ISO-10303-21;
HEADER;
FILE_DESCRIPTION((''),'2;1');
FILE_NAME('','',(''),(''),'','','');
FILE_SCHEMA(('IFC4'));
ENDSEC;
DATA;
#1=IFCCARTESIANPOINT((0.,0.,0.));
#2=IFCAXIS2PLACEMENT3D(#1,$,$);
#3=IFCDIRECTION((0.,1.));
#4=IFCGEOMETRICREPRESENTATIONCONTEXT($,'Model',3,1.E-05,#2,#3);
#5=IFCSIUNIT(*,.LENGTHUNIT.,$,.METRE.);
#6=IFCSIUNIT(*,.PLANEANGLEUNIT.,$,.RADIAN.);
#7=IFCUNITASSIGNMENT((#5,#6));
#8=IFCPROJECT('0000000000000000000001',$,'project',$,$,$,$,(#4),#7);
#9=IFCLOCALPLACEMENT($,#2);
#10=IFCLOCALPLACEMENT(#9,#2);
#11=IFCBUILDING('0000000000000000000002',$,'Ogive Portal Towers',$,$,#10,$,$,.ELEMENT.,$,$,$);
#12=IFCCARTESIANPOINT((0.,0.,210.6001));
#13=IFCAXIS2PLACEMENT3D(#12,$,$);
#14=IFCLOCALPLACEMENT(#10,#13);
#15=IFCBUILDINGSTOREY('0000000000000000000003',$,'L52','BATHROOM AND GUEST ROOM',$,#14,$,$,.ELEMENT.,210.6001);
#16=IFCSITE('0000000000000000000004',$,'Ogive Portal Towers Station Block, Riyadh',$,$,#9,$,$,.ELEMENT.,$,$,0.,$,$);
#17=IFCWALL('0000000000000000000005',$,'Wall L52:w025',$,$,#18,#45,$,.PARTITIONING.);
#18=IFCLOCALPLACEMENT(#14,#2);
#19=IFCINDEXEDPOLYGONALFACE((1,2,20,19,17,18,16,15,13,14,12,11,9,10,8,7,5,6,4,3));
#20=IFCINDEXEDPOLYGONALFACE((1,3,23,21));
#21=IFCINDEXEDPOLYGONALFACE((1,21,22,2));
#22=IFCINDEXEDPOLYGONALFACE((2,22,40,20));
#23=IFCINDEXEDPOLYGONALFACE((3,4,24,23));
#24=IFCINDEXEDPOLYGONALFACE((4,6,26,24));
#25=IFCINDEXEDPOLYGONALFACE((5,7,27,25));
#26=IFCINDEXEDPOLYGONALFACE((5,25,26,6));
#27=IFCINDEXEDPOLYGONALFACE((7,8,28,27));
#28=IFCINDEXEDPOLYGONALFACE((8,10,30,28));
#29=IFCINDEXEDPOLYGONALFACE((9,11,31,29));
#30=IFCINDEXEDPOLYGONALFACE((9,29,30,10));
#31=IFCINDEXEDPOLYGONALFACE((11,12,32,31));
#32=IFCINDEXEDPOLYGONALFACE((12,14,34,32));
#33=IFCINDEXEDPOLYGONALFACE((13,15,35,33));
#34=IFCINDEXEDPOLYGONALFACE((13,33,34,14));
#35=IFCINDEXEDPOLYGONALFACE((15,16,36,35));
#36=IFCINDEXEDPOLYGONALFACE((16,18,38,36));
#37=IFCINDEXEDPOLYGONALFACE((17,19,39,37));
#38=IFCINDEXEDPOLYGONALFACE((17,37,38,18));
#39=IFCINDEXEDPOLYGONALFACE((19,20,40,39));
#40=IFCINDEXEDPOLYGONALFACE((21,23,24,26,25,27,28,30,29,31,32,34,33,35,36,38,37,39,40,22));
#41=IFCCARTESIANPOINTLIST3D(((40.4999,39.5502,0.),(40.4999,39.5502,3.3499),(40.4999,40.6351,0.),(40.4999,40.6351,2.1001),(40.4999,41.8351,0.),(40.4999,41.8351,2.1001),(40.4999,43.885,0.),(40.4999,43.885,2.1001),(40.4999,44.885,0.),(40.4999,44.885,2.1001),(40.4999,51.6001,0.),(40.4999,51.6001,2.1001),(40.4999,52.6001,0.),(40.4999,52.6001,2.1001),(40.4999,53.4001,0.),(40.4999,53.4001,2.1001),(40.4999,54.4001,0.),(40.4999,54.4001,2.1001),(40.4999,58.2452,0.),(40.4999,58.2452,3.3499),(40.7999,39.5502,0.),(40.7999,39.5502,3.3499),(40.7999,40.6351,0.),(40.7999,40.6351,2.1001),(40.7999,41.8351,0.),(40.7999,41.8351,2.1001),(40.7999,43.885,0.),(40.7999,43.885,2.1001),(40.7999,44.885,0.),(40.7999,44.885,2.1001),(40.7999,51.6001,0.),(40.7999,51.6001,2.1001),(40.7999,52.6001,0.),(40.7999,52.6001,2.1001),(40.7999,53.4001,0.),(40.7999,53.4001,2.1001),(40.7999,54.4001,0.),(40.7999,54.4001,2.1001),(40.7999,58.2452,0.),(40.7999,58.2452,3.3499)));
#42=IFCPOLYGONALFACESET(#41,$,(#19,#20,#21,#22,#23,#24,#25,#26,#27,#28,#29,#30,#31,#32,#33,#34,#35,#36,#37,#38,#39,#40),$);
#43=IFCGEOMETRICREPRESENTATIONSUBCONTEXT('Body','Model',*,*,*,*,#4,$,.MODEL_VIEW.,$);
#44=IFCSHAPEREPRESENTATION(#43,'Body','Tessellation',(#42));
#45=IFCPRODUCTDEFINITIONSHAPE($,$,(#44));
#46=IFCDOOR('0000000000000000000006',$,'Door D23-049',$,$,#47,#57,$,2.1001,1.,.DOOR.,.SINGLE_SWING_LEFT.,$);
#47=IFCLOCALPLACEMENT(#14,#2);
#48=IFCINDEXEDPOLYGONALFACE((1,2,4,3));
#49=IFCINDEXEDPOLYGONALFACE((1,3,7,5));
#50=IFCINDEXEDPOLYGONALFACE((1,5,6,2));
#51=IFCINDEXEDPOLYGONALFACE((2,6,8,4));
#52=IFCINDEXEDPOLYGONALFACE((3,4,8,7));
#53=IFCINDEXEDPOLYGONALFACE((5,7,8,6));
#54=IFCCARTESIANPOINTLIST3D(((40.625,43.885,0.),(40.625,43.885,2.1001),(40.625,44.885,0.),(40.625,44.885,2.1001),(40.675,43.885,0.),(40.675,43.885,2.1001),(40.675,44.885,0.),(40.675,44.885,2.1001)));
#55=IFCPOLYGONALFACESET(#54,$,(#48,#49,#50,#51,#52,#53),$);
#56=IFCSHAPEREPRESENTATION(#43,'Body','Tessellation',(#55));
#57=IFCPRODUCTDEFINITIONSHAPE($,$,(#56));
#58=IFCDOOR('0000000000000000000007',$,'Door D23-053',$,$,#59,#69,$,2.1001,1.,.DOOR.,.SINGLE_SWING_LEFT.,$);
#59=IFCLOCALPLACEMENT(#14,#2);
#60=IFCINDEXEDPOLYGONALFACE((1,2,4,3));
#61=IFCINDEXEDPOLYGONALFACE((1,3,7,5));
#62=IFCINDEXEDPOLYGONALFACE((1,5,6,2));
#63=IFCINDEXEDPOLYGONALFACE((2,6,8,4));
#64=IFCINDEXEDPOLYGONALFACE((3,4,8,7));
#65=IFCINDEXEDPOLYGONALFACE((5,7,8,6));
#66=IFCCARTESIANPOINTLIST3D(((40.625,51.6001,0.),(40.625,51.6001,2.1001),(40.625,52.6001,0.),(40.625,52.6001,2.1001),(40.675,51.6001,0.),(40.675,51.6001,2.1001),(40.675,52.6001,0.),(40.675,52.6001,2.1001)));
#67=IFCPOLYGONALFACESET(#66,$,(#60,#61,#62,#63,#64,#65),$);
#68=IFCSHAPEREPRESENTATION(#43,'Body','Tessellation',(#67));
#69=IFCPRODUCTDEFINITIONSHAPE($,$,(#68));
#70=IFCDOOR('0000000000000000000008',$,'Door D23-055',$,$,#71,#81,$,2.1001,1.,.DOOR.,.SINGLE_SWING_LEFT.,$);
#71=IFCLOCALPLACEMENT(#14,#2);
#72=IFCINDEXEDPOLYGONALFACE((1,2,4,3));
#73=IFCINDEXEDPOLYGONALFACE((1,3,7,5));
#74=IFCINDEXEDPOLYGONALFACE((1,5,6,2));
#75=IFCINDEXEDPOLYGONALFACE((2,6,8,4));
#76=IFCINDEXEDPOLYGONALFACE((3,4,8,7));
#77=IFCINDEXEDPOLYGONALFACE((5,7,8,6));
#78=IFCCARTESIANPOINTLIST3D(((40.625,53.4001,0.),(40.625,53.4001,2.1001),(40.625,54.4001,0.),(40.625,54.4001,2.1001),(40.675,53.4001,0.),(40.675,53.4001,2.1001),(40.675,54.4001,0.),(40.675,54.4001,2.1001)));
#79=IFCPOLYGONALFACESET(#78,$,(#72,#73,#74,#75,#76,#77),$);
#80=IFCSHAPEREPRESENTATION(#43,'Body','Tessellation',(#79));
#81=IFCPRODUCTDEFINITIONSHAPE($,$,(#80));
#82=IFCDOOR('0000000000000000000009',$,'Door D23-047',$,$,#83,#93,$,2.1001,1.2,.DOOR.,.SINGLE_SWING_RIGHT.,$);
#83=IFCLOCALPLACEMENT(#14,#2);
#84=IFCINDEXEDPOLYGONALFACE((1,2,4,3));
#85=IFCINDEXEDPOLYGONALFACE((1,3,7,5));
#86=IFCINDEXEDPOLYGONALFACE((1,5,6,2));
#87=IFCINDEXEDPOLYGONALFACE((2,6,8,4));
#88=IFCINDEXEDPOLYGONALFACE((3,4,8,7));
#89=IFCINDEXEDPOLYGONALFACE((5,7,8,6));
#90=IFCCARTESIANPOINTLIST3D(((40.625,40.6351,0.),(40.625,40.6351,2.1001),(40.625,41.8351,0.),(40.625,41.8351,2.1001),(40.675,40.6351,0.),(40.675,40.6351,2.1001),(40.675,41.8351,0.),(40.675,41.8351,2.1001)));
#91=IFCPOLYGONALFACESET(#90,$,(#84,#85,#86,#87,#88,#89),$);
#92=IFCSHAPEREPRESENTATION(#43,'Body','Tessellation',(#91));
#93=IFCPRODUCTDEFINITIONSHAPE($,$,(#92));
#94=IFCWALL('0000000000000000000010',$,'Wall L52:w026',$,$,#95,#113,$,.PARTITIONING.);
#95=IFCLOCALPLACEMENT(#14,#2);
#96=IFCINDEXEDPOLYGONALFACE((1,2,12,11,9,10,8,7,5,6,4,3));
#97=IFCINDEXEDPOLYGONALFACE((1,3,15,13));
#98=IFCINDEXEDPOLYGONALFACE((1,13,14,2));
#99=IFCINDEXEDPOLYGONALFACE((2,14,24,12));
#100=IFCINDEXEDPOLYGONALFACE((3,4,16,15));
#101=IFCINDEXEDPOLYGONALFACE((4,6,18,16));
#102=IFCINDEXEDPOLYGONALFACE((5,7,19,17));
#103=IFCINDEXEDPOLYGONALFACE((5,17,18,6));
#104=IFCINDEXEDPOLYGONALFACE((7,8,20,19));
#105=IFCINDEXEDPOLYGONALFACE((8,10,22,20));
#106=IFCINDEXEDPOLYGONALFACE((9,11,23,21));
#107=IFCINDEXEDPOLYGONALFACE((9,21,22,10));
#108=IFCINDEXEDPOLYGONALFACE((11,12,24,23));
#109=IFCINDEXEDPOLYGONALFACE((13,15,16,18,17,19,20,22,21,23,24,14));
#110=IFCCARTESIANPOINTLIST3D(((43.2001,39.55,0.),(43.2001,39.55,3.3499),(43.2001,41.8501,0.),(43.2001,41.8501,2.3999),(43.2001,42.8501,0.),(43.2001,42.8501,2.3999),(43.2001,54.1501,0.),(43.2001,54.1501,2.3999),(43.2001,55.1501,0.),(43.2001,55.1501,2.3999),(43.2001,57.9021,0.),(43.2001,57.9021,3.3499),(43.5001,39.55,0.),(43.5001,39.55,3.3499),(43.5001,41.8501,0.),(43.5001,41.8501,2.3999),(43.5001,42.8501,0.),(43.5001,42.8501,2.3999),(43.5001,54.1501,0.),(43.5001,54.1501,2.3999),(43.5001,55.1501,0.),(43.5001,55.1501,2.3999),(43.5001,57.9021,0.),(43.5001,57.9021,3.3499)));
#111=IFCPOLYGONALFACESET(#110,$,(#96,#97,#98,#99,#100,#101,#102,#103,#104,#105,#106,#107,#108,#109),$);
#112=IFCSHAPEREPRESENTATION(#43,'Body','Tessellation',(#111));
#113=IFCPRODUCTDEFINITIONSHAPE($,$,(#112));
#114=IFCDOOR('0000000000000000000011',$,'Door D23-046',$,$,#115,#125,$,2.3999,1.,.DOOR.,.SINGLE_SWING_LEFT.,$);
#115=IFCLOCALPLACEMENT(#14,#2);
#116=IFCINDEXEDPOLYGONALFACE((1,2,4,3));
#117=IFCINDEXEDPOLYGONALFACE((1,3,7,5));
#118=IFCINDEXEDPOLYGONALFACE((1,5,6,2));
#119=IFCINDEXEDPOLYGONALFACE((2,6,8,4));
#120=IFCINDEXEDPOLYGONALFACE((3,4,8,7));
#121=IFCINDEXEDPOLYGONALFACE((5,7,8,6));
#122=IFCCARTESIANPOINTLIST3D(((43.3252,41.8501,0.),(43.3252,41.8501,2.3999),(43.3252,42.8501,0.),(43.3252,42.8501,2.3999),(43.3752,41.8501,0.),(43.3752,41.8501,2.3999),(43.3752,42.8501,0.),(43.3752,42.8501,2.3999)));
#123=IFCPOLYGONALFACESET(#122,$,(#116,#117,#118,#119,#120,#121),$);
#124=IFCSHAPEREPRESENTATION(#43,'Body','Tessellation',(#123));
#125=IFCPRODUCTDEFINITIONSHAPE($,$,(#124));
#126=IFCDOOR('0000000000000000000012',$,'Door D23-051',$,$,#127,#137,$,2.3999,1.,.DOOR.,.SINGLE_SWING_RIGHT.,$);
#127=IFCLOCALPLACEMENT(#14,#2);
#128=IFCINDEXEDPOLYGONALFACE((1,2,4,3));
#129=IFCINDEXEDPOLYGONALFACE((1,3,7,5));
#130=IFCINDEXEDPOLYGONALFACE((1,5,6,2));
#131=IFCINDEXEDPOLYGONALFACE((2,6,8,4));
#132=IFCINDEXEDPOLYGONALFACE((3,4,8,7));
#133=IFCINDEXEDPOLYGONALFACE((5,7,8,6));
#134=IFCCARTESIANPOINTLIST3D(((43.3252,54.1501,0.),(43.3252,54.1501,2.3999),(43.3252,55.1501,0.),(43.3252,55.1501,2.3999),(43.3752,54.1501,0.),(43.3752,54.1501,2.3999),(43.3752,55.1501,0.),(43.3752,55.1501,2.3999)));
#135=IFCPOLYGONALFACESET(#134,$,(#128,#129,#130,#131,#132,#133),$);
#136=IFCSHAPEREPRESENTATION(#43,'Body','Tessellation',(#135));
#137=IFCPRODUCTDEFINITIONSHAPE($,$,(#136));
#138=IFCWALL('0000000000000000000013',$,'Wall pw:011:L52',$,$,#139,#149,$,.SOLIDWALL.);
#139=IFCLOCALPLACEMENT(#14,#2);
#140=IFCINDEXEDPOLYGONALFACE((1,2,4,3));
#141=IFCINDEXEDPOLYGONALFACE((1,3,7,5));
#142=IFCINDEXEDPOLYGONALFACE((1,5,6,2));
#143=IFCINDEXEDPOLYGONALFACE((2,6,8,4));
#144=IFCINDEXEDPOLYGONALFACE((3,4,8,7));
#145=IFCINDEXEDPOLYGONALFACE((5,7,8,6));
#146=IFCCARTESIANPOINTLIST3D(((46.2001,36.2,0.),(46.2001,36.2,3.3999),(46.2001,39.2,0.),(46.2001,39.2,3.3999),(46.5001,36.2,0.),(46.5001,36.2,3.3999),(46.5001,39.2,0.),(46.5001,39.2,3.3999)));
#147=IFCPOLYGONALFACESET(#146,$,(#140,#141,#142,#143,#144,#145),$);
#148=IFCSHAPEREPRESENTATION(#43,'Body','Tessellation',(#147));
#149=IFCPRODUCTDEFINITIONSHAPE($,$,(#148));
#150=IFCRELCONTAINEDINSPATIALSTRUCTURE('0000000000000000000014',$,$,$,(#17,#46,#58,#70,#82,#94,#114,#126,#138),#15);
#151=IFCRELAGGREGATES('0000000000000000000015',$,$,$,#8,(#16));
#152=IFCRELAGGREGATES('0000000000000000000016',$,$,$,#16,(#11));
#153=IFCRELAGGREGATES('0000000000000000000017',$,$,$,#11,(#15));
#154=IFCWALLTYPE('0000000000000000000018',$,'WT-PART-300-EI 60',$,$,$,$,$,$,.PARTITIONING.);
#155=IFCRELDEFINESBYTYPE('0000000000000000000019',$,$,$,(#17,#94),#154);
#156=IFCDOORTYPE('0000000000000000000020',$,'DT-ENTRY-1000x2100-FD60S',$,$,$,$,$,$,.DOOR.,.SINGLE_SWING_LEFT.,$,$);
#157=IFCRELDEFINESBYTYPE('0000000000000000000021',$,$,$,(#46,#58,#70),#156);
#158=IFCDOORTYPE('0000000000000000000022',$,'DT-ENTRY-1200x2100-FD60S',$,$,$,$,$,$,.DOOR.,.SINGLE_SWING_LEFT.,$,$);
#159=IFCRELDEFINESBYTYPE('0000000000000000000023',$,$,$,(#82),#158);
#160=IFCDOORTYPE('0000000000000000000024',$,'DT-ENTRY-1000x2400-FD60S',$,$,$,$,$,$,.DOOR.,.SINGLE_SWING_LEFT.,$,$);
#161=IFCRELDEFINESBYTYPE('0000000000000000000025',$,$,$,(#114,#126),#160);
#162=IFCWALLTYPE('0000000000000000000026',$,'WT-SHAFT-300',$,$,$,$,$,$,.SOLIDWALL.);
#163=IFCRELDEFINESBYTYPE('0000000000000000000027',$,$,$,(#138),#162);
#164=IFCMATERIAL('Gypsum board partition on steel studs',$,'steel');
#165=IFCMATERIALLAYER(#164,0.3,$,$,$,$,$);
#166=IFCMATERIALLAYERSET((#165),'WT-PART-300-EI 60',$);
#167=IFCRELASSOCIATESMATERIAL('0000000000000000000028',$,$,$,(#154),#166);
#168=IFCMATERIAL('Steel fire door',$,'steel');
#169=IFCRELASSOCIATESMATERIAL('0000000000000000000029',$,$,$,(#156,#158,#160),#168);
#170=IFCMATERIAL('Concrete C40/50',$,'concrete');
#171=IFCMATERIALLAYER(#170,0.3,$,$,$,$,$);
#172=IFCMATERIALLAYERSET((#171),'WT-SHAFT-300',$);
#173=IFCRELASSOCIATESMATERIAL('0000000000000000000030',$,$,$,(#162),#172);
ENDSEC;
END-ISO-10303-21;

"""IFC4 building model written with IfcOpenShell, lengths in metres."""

from ifc_helpers import new_model, si_unit, direction, frame, frame_2d, origin, place, context, subcontext, project, spatial, rectangle, extrude, material, layer, layer_set, type_object, element, fill, save


model = new_model("IFC4")

# Units and contexts
model_context = context("Model", 3, precision=1e-05, world=origin(), true_north=direction((0.0, 1.0)))
body_context = subcontext(model_context, "Body", "Model", "MODEL_VIEW")
ifc_project = project(units=[si_unit("LENGTHUNIT", "METRE"), si_unit("PLANEANGLEUNIT", "RADIAN")], contexts=[model_context])

# Site, building, storey
site_placement = place(None, origin())
site = spatial("IfcSite", under=ifc_project, at=site_placement, Name="Ogive Portal Towers Station Block, Riyadh", CompositionType="ELEMENT", RefElevation=0.0)
building_placement = place(site_placement, origin())
building = spatial("IfcBuilding", under=site, at=building_placement, Name="Ogive Portal Towers", CompositionType="ELEMENT")
storey_placement = place(building_placement, frame((0.0, 0.0, 210.6001)))
storey = spatial("IfcBuildingStorey", under=building, at=storey_placement, Name="L52", Description="BATHROOM AND GUEST ROOM", CompositionType="ELEMENT", Elevation=210.6001)

# Shared definitions
ifc_material_1 = material(Name="Steel fire door", Category="steel")

# Walls, openings, doors
ifc_material_2 = material(Name="Gypsum board partition on steel studs", Category="steel")
ifc_layer_1 = layer(ifc_material_2, 0.3)
ifc_layer_set_1 = layer_set([ifc_layer_1], Name="WT-PART-300-EI 60")
wall_type_1 = type_object("IfcWallType", Name="WT-PART-300-EI 60", PredefinedType="PARTITIONING", material=ifc_layer_set_1)
wall_1_placement = place(storey_placement, frame((40.6499, 39.55, 0.0), z_axis=(0.0, 0.0, 1.0), x_axis=(0.0, 1.0, 0.0)))
wall_1 = element("IfcWall", 1, at=wall_1_placement, inside=storey, type_object=wall_type_1, Name="Wall L52:w025", PredefinedType="PARTITIONING", context=body_context, shape_type="SweptSolid", body=[
    extrude(rectangle(XDim=18.6951, YDim=0.3, at=frame_2d((9.3477, 0.0))), origin(), (0.0, 0.0, 1.0), 3.3499),
])
opening_1_placement = place(wall_1_placement, frame((1.085, 0.0, 0.0)))
opening_1 = element("IfcOpeningElement", 2, at=opening_1_placement, cuts=wall_1, PredefinedType="OPENING", context=body_context, shape_type="SweptSolid", body=[
    extrude(rectangle(XDim=1.2, YDim=2.1001, at=frame_2d((0.6001, 1.05))), frame((0.0, 0.1602, 0.0), z_axis=(0.0, -1.0, 0.0), x_axis=(1.0, 0.0, 0.0)), (0.0, 0.0, 1.0), 0.3201),
])
opening_2_placement = place(wall_1_placement, frame((4.335, 0.0, 0.0)))
opening_2 = element("IfcOpeningElement", 3, at=opening_2_placement, cuts=wall_1, PredefinedType="OPENING", context=body_context, shape_type="SweptSolid", body=[
    extrude(rectangle(XDim=1.0, YDim=2.1001, at=frame_2d((0.5, 1.05))), frame((0.0, 0.1602, 0.0), z_axis=(0.0, -1.0, 0.0), x_axis=(1.0, 0.0, 0.0)), (0.0, 0.0, 1.0), 0.3201),
])
opening_3_placement = place(wall_1_placement, frame((12.05, 0.0, 0.0)))
opening_3 = element("IfcOpeningElement", 4, at=opening_3_placement, cuts=wall_1, PredefinedType="OPENING", context=body_context, shape_type="SweptSolid", body=[
    extrude(rectangle(XDim=1.0, YDim=2.1001, at=frame_2d((0.5, 1.05))), frame((0.0, 0.1602, 0.0), z_axis=(0.0, -1.0, 0.0), x_axis=(1.0, 0.0, 0.0)), (0.0, 0.0, 1.0), 0.3201),
])
opening_4_placement = place(wall_1_placement, frame((13.8501, 0.0, 0.0)))
opening_4 = element("IfcOpeningElement", 5, at=opening_4_placement, cuts=wall_1, PredefinedType="OPENING", context=body_context, shape_type="SweptSolid", body=[
    extrude(rectangle(XDim=1.0, YDim=2.1001, at=frame_2d((0.5, 1.05))), frame((0.0, 0.1602, 0.0), z_axis=(0.0, -1.0, 0.0), x_axis=(1.0, 0.0, 0.0)), (0.0, 0.0, 1.0), 0.3201),
])
door_type_1 = type_object("IfcDoorType", Name="DT-ENTRY-1000x2100-FD60S", OperationType="SINGLE_SWING_LEFT", PredefinedType="DOOR", material=ifc_material_1)
door_1_placement = place(opening_2_placement, origin())
door_1 = element("IfcDoor", 6, at=door_1_placement, inside=storey, type_object=door_type_1, Name="Door D23-049", OperationType="SINGLE_SWING_LEFT", OverallHeight=2.1001, OverallWidth=1.0, PredefinedType="DOOR", context=body_context, shape_type="SweptSolid", body=[
    extrude(rectangle(XDim=1.0, YDim=2.1001, at=frame_2d((0.5, 1.05))), frame((0.0, 0.0249, 0.0), z_axis=(0.0, -1.0, 0.0), x_axis=(1.0, 0.0, 0.0)), (0.0, 0.0, 1.0), 0.05),
])
fill(opening_2, door_1)
door_2_placement = place(opening_3_placement, origin())
door_2 = element("IfcDoor", 7, at=door_2_placement, inside=storey, type_object=door_type_1, Name="Door D23-053", OperationType="SINGLE_SWING_LEFT", OverallHeight=2.1001, OverallWidth=1.0, PredefinedType="DOOR", context=body_context, shape_type="SweptSolid", body=[
    extrude(rectangle(XDim=1.0, YDim=2.1001, at=frame_2d((0.5, 1.05))), frame((0.0, 0.0249, 0.0), z_axis=(0.0, -1.0, 0.0), x_axis=(1.0, 0.0, 0.0)), (0.0, 0.0, 1.0), 0.05),
])
fill(opening_3, door_2)
door_3_placement = place(opening_4_placement, origin())
door_3 = element("IfcDoor", 8, at=door_3_placement, inside=storey, type_object=door_type_1, Name="Door D23-055", OperationType="SINGLE_SWING_LEFT", OverallHeight=2.1001, OverallWidth=1.0, PredefinedType="DOOR", context=body_context, shape_type="SweptSolid", body=[
    extrude(rectangle(XDim=1.0, YDim=2.1001, at=frame_2d((0.5, 1.05))), frame((0.0, 0.0249, 0.0), z_axis=(0.0, -1.0, 0.0), x_axis=(1.0, 0.0, 0.0)), (0.0, 0.0, 1.0), 0.05),
])
fill(opening_4, door_3)
door_type_2 = type_object("IfcDoorType", Name="DT-ENTRY-1200x2100-FD60S", OperationType="SINGLE_SWING_LEFT", PredefinedType="DOOR", material=ifc_material_1)
door_4_placement = place(opening_1_placement, origin())
door_4 = element("IfcDoor", 9, at=door_4_placement, inside=storey, type_object=door_type_2, Name="Door D23-047", OperationType="SINGLE_SWING_RIGHT", OverallHeight=2.1001, OverallWidth=1.2, PredefinedType="DOOR", context=body_context, shape_type="SweptSolid", body=[
    extrude(rectangle(XDim=1.2, YDim=2.1001, at=frame_2d((0.6001, 1.05))), frame((0.0, 0.0249, 0.0), z_axis=(0.0, -1.0, 0.0), x_axis=(1.0, 0.0, 0.0)), (0.0, 0.0, 1.0), 0.05),
])
fill(opening_1, door_4)
wall_2_placement = place(storey_placement, frame((43.3501, 39.55, 0.0), z_axis=(0.0, 0.0, 1.0), x_axis=(0.0, 1.0, 0.0)))
wall_2 = element("IfcWall", 10, at=wall_2_placement, inside=storey, type_object=wall_type_1, Name="Wall L52:w026", PredefinedType="PARTITIONING", context=body_context, shape_type="SweptSolid", body=[
    extrude(rectangle(XDim=18.3521, YDim=0.3, at=frame_2d((9.176, 0.0))), origin(), (0.0, 0.0, 1.0), 3.3499),
])
opening_5_placement = place(wall_2_placement, frame((2.3, 0.0, 0.0)))
opening_5 = element("IfcOpeningElement", 11, at=opening_5_placement, cuts=wall_2, PredefinedType="OPENING", context=body_context, shape_type="SweptSolid", body=[
    extrude(rectangle(XDim=1.0, YDim=2.3999, at=frame_2d((0.5, 1.2))), frame((0.0, 0.1602, 0.0), z_axis=(0.0, -1.0, 0.0), x_axis=(1.0, 0.0, 0.0)), (0.0, 0.0, 1.0), 0.3201),
])
opening_6_placement = place(wall_2_placement, frame((14.6001, 0.0, 0.0)))
opening_6 = element("IfcOpeningElement", 12, at=opening_6_placement, cuts=wall_2, PredefinedType="OPENING", context=body_context, shape_type="SweptSolid", body=[
    extrude(rectangle(XDim=1.0, YDim=2.3999, at=frame_2d((0.5, 1.2))), frame((0.0, 0.1602, 0.0), z_axis=(0.0, -1.0, 0.0), x_axis=(1.0, 0.0, 0.0)), (0.0, 0.0, 1.0), 0.3201),
])
door_type_3 = type_object("IfcDoorType", Name="DT-ENTRY-1000x2400-FD60S", OperationType="SINGLE_SWING_LEFT", PredefinedType="DOOR", material=ifc_material_1)
door_5_placement = place(opening_5_placement, origin())
door_5 = element("IfcDoor", 13, at=door_5_placement, inside=storey, type_object=door_type_3, Name="Door D23-046", OperationType="SINGLE_SWING_LEFT", OverallHeight=2.3999, OverallWidth=1.0, PredefinedType="DOOR", context=body_context, shape_type="SweptSolid", body=[
    extrude(rectangle(XDim=1.0, YDim=2.3999, at=frame_2d((0.5, 1.2))), frame((0.0, 0.0249, 0.0), z_axis=(0.0, -1.0, 0.0), x_axis=(1.0, 0.0, 0.0)), (0.0, 0.0, 1.0), 0.05),
])
fill(opening_5, door_5)
door_6_placement = place(opening_6_placement, origin())
door_6 = element("IfcDoor", 14, at=door_6_placement, inside=storey, type_object=door_type_3, Name="Door D23-051", OperationType="SINGLE_SWING_RIGHT", OverallHeight=2.3999, OverallWidth=1.0, PredefinedType="DOOR", context=body_context, shape_type="SweptSolid", body=[
    extrude(rectangle(XDim=1.0, YDim=2.3999, at=frame_2d((0.5, 1.2))), frame((0.0, 0.0249, 0.0), z_axis=(0.0, -1.0, 0.0), x_axis=(1.0, 0.0, 0.0)), (0.0, 0.0, 1.0), 0.05),
])
fill(opening_6, door_6)

# Wall
ifc_material_3 = material(Name="Concrete C40/50", Category="concrete")
ifc_layer_2 = layer(ifc_material_3, 0.3)
ifc_layer_set_2 = layer_set([ifc_layer_2], Name="WT-SHAFT-300")
wall_type_2 = type_object("IfcWallType", Name="WT-SHAFT-300", PredefinedType="SOLIDWALL", material=ifc_layer_set_2)
wall_3_placement = place(storey_placement, frame((46.3501, 36.2, 0.0), z_axis=(0.0, 0.0, 1.0), x_axis=(0.0, 1.0, 0.0)))
element("IfcWall", 15, at=wall_3_placement, inside=storey, type_object=wall_type_2, Name="Wall pw:011:L52", PredefinedType="SOLIDWALL", context=body_context, shape_type="SweptSolid", body=[
    extrude(rectangle(XDim=3.0, YDim=0.3, at=frame_2d((1.5, 0.0))), origin(), (0.0, 0.0, 1.0), 3.3999),
])

save(model, "model.ifc")
